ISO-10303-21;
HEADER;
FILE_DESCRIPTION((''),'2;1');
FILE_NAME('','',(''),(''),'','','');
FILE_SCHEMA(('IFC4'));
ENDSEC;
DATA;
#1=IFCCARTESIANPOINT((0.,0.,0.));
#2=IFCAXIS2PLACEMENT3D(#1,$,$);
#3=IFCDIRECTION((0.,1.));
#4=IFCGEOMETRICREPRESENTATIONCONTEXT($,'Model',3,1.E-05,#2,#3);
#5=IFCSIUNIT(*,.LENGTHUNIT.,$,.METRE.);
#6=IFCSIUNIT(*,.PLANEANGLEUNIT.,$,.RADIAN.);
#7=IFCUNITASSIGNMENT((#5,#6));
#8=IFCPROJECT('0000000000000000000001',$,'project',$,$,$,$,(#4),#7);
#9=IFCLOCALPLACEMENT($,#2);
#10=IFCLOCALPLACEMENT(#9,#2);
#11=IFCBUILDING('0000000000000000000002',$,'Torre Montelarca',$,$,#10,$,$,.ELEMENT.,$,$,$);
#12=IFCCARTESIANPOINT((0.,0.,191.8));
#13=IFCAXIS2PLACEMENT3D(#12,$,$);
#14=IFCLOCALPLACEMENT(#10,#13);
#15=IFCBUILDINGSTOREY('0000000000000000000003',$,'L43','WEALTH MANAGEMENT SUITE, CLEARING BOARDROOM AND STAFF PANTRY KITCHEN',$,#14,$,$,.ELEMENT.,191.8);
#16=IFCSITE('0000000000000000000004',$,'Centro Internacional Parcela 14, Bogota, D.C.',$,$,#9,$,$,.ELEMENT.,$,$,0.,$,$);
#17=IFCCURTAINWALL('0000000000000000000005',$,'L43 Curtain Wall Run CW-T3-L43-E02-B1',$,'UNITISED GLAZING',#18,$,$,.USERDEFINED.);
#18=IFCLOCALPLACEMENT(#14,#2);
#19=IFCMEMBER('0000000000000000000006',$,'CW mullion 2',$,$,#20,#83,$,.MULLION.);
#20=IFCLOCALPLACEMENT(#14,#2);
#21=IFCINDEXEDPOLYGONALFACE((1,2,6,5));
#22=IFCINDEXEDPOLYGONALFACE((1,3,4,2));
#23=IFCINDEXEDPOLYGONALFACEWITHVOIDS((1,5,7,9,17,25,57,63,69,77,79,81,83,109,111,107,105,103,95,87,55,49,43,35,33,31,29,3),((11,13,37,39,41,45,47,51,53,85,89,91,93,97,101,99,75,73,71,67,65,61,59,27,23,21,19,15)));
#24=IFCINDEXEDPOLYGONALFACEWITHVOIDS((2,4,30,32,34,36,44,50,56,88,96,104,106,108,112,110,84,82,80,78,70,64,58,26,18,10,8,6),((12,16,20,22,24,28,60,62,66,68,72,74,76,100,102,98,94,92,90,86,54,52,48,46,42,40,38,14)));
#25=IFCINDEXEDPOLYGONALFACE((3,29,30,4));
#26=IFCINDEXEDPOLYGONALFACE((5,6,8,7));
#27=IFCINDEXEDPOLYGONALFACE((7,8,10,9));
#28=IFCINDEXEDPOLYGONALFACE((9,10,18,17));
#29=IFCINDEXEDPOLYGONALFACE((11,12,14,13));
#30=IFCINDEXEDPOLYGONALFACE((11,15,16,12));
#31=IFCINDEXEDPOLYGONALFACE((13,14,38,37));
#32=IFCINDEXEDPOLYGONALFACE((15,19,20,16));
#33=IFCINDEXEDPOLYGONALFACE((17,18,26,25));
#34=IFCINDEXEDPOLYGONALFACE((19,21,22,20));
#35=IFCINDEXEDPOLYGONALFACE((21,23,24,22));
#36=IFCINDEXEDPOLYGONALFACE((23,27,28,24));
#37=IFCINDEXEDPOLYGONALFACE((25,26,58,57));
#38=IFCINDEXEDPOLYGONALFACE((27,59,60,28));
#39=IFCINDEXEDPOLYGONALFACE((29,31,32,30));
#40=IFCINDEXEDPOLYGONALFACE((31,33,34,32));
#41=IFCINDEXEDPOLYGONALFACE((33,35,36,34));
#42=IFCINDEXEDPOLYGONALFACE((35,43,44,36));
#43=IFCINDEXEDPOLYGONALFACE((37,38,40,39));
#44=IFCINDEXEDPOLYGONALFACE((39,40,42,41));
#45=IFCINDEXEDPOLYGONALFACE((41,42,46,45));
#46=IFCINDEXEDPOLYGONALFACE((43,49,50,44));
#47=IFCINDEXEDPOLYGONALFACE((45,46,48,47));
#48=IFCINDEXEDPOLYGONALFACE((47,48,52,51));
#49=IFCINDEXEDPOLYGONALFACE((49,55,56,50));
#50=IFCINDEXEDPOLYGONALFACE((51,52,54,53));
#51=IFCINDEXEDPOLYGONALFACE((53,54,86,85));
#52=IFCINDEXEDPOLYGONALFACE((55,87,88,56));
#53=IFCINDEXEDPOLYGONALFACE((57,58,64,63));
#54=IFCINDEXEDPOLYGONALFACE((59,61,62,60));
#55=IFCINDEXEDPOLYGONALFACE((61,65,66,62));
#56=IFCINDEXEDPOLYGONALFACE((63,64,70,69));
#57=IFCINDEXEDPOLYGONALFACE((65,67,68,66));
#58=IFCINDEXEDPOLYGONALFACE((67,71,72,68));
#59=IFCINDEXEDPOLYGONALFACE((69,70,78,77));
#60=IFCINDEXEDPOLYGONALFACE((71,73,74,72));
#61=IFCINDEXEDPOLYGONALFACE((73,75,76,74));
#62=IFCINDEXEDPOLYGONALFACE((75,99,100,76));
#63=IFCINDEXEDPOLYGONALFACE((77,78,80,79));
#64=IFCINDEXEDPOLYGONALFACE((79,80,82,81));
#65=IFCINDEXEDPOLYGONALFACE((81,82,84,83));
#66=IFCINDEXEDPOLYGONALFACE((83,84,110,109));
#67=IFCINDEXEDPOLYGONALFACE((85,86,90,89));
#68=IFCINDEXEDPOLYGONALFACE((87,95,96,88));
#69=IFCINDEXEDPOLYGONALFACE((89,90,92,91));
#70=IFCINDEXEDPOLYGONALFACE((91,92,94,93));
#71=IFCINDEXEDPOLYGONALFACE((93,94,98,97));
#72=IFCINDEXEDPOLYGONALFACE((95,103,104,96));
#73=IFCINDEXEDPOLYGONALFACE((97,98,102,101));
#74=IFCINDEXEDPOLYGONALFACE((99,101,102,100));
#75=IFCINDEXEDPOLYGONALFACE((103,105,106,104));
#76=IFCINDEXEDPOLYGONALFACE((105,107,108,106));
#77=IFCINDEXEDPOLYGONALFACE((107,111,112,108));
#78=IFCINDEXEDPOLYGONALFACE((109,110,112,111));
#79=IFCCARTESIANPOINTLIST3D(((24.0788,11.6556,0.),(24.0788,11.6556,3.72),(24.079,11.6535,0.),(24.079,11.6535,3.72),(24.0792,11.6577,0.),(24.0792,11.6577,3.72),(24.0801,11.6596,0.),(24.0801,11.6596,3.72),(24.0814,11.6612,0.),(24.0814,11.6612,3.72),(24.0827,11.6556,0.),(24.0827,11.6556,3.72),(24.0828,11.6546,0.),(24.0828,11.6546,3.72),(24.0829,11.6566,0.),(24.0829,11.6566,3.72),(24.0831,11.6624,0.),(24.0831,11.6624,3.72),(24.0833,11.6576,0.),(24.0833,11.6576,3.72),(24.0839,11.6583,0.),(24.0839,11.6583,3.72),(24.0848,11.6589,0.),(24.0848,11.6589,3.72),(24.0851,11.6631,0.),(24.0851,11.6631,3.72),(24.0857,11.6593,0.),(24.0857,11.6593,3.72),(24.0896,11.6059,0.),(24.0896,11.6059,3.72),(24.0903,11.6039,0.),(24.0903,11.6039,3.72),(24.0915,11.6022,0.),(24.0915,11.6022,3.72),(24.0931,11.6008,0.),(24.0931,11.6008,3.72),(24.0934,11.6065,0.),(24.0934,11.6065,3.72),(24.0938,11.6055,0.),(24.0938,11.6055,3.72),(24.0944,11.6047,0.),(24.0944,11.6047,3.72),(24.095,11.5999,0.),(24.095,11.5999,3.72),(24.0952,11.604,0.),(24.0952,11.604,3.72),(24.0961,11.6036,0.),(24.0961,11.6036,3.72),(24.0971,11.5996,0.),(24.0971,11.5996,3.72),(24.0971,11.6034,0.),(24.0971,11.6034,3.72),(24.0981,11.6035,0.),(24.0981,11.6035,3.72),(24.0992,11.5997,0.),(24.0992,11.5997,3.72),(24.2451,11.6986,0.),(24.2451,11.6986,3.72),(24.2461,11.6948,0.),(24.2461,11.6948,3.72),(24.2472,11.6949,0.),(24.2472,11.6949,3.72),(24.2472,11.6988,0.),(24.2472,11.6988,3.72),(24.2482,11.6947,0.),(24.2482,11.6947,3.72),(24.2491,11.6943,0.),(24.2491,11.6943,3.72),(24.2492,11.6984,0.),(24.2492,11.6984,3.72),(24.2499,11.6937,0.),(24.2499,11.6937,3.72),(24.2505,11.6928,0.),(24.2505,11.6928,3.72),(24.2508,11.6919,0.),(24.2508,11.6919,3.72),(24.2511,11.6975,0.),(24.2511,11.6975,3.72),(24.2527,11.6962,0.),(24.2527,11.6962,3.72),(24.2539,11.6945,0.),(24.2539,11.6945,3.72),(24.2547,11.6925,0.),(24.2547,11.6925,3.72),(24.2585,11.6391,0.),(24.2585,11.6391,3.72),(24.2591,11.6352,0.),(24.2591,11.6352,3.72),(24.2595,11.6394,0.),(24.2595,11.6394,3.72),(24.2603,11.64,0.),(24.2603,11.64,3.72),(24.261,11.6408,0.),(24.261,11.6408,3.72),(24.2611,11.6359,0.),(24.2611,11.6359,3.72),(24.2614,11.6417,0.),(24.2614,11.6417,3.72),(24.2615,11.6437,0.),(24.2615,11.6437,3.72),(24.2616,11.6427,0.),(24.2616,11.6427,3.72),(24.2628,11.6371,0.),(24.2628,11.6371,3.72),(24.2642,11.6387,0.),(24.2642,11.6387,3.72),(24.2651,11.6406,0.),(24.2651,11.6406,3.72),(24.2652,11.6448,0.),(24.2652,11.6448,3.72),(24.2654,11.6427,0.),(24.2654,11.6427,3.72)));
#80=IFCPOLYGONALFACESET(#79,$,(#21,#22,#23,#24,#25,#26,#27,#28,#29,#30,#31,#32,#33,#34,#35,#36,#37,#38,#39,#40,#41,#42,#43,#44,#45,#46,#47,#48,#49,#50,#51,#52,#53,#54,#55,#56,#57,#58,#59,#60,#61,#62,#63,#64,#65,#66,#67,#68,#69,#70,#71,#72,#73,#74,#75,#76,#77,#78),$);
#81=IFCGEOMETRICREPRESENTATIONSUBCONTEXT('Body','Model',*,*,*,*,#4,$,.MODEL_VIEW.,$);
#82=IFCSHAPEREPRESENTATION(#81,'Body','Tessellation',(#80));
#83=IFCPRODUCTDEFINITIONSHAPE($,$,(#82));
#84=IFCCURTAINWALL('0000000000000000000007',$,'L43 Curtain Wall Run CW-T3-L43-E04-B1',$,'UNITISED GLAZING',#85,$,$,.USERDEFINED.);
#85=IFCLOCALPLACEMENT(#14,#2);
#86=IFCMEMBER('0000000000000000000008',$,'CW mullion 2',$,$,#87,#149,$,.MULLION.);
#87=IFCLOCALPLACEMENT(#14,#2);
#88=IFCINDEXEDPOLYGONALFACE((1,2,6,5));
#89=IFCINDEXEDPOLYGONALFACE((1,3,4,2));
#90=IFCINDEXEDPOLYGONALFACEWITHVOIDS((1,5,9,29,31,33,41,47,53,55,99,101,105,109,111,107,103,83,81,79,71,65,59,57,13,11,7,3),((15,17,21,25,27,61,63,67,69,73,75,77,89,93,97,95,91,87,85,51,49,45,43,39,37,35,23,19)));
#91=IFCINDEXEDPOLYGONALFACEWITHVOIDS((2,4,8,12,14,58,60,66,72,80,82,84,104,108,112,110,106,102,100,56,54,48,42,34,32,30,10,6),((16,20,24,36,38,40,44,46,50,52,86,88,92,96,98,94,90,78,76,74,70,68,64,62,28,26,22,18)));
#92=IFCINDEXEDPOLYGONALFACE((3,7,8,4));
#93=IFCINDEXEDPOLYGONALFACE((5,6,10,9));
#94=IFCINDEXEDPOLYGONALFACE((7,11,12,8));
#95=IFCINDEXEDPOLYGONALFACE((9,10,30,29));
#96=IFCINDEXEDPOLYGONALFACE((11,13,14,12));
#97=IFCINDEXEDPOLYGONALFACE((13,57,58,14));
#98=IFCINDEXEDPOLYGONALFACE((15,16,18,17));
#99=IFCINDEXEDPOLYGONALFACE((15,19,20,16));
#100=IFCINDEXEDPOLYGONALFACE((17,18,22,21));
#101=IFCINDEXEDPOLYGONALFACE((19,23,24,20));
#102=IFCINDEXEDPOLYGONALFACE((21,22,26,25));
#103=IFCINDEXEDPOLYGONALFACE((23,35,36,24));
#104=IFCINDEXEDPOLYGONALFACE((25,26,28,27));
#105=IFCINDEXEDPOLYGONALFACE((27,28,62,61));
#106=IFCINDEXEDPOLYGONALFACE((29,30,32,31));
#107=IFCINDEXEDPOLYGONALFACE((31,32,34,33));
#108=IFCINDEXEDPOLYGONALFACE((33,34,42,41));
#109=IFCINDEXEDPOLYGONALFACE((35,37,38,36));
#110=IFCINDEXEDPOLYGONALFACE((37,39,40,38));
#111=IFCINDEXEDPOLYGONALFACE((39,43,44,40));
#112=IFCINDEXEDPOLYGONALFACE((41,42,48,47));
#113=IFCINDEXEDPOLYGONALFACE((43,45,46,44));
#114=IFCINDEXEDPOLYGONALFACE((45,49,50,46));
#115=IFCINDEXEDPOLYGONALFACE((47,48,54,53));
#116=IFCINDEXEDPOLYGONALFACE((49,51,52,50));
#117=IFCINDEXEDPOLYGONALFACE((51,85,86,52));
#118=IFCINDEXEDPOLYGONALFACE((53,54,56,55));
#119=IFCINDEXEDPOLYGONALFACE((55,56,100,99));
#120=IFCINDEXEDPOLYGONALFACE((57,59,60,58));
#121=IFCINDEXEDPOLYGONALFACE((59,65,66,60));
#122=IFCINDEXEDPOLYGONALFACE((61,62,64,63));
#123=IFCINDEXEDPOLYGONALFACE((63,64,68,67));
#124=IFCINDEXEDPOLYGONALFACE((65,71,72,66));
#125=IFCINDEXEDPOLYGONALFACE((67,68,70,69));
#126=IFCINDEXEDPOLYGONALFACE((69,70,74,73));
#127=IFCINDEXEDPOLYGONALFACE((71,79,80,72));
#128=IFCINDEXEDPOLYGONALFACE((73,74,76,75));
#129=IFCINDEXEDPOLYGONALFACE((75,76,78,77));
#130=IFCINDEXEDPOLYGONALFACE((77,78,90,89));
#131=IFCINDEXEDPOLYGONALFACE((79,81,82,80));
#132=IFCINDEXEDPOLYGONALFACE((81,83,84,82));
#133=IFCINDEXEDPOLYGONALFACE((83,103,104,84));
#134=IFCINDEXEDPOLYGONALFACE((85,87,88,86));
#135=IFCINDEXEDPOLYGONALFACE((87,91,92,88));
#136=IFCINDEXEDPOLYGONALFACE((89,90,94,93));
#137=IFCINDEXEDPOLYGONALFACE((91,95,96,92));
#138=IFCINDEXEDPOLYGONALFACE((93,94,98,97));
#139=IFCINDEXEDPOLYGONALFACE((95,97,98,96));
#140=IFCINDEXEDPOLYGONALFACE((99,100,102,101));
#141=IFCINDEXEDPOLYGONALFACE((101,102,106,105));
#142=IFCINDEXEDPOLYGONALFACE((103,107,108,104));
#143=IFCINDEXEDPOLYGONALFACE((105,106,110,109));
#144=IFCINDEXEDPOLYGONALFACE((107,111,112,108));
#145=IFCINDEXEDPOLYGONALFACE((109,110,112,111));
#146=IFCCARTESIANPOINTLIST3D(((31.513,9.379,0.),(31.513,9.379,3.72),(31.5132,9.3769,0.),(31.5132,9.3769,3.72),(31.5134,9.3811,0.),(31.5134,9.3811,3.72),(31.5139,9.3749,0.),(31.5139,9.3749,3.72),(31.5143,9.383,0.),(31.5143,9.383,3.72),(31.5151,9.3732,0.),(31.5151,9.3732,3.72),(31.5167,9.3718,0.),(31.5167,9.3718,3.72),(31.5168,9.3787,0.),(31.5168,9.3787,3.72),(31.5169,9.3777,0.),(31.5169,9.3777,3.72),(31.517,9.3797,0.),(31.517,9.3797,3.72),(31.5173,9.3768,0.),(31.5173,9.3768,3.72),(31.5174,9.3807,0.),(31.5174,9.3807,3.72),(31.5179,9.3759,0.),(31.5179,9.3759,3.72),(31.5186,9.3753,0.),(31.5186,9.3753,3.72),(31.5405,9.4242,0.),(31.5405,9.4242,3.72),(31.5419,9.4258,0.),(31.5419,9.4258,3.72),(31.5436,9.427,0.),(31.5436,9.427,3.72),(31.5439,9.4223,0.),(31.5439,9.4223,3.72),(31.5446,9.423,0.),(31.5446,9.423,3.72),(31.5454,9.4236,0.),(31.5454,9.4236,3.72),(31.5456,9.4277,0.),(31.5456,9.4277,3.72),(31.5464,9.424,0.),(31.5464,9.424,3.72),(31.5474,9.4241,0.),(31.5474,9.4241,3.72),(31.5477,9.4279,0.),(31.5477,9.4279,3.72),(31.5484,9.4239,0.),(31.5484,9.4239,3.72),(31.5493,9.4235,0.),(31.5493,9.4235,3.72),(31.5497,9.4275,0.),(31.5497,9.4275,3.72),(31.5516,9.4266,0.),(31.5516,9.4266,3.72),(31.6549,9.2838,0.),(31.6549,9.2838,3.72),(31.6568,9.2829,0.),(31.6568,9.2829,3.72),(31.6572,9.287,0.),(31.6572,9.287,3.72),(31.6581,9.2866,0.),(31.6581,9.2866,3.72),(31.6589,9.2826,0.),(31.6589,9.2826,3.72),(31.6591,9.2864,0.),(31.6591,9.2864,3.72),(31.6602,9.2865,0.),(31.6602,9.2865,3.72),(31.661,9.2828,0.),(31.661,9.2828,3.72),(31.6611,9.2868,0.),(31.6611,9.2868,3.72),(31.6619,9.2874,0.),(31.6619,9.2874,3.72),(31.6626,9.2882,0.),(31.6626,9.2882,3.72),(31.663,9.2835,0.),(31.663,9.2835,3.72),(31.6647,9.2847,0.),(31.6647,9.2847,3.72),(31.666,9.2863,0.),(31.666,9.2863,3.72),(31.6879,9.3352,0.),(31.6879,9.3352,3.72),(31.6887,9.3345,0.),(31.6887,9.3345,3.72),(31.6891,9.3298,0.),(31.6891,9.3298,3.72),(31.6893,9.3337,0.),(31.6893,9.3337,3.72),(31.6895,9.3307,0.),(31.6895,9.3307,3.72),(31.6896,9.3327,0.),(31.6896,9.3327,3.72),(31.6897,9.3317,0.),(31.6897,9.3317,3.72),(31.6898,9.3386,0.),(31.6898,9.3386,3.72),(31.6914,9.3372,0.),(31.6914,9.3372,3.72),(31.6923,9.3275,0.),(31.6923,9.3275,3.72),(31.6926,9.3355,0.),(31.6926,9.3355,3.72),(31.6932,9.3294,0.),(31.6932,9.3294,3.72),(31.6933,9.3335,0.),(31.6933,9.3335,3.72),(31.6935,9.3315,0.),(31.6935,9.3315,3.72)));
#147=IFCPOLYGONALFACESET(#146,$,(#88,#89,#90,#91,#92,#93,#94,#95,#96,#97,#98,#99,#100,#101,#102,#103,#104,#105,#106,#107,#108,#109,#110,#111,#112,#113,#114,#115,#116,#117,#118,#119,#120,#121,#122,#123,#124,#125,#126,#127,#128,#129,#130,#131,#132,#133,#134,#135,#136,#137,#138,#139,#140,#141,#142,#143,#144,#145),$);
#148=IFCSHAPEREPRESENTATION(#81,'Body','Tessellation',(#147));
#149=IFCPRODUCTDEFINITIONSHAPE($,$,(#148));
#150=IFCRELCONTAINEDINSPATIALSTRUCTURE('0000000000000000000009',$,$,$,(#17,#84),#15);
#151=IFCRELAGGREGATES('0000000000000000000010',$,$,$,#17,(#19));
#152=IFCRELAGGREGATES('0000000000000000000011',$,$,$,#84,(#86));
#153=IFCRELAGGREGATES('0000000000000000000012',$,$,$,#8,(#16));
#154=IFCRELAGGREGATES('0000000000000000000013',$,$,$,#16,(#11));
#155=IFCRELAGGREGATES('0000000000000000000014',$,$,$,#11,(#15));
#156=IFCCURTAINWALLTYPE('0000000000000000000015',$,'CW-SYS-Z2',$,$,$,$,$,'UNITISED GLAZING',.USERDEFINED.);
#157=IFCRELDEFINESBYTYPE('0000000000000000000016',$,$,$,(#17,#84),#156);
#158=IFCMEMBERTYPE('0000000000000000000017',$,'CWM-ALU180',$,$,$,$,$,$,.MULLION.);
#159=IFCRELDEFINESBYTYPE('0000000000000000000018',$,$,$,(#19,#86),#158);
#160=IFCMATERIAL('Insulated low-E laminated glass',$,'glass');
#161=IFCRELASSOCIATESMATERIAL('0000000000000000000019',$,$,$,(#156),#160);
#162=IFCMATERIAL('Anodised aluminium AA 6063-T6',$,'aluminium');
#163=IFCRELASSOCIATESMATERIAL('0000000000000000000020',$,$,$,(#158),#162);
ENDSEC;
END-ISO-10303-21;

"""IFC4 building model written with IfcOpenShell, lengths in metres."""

from ifc_helpers import new_model, si_unit, direction, frame, origin, origin_2d, place, context, subcontext, project, spatial, hollow_rectangle, extrude, source, transform, mapped, material, material_profile, profile_set, type_object, element, aggregate, save


model = new_model("IFC4")

# Units and contexts
model_context = context("Model", 3, precision=1e-05, world=origin(), true_north=direction((0.0, 1.0)))
body_context = subcontext(model_context, "Body", "Model", "MODEL_VIEW")
ifc_project = project(units=[si_unit("LENGTHUNIT", "METRE"), si_unit("PLANEANGLEUNIT", "RADIAN")], contexts=[model_context])

# Site, building, storey
site_placement = place(None, origin())
site = spatial("IfcSite", under=ifc_project, at=site_placement, Name="Centro Internacional Parcela 14, Bogota, D.C.", CompositionType="ELEMENT", RefElevation=0.0)
building_placement = place(site_placement, origin())
building = spatial("IfcBuilding", under=site, at=building_placement, Name="Torre Montelarca", CompositionType="ELEMENT")
storey_placement = place(building_placement, frame((0.0, 0.0, 191.8)))
storey = spatial("IfcBuildingStorey", under=building, at=storey_placement, Name="L43", Description="WEALTH MANAGEMENT SUITE, CLEARING BOARDROOM AND STAFF PANTRY KITCHEN", CompositionType="ELEMENT", Elevation=191.8)

# Curtain wall
ifc_material_1 = material(Name="Insulated low-E laminated glass", Category="glass")
curtain_wall_type = type_object("IfcCurtainWallType", Name="CW-SYS-Z2", ElementType="UNITISED GLAZING", PredefinedType="USERDEFINED", material=ifc_material_1)
curtain_wall_1_placement = place(storey_placement, origin())
curtain_wall_1 = element("IfcCurtainWall", 1, at=curtain_wall_1_placement, inside=storey, type_object=curtain_wall_type, Name="L43 Curtain Wall Run CW-T3-L43-E02-B1", ObjectType="UNITISED GLAZING", PredefinedType="USERDEFINED")
ifc_material_2 = material(Name="Anodised aluminium AA 6063-T6", Category="aluminium")

# Shared definitions
ifc_material_profile_1 = material_profile(ifc_material_2, hollow_rectangle(XDim=0.0649, YDim=0.1799, WallThickness=0.0039, InnerFilletRadius=0.0039, OuterFilletRadius=0.0081, at=origin_2d()), Name="ALU65X180X4", Category="aluminium")
ifc_profile_set_1 = profile_set([ifc_material_profile_1], Name="Anodised aluminium AA 6063-T6")
member_type_1 = type_object("IfcMemberType", Name="CWM-ALU180", PredefinedType="MULLION", material=ifc_profile_set_1)
shared_shape_1 = source(origin(), body_context, "Body", "SweptSolid", [
    extrude(hollow_rectangle(XDim=0.0649, YDim=0.1799, WallThickness=0.0039, InnerFilletRadius=0.0039, OuterFilletRadius=0.0081, at=origin_2d()), origin(), (0.0, 0.0, 1.0), 3.72),
])

# Member
member_1_placement = place(storey_placement, frame((24.1721, 11.6492, 0.0), z_axis=(0.0, 0.0, 1.0), x_axis=(-0.216434, 0.976297, 0.0)))
member_1 = element("IfcMember", 2, at=member_1_placement, type_object=member_type_1, Name="CW mullion 2", PredefinedType="MULLION", context=body_context, shape_type="MappedRepresentation", body=[
    mapped(shared_shape_1, transform((0.0, 0.0, 0.0), scale=1.0)),
])

# Curtain wall, member
curtain_wall_2_placement = place(storey_placement, origin())
curtain_wall_2 = element("IfcCurtainWall", 3, at=curtain_wall_2_placement, inside=storey, type_object=curtain_wall_type, Name="L43 Curtain Wall Run CW-T3-L43-E04-B1", ObjectType="UNITISED GLAZING", PredefinedType="USERDEFINED")
member_2_placement = place(storey_placement, frame((31.6033, 9.3552, 0.0), z_axis=(0.0, 0.0, 1.0), x_axis=(0.53731, 0.843385, 0.0)))
member_2 = element("IfcMember", 4, at=member_2_placement, type_object=member_type_1, Name="CW mullion 2", PredefinedType="MULLION", context=body_context, shape_type="MappedRepresentation", body=[
    mapped(shared_shape_1, transform((0.0, 0.0, 0.0), scale=1.0)),
])

aggregate(curtain_wall_1, [member_1])
aggregate(curtain_wall_2, [member_2])

save(model, "model.ifc")
